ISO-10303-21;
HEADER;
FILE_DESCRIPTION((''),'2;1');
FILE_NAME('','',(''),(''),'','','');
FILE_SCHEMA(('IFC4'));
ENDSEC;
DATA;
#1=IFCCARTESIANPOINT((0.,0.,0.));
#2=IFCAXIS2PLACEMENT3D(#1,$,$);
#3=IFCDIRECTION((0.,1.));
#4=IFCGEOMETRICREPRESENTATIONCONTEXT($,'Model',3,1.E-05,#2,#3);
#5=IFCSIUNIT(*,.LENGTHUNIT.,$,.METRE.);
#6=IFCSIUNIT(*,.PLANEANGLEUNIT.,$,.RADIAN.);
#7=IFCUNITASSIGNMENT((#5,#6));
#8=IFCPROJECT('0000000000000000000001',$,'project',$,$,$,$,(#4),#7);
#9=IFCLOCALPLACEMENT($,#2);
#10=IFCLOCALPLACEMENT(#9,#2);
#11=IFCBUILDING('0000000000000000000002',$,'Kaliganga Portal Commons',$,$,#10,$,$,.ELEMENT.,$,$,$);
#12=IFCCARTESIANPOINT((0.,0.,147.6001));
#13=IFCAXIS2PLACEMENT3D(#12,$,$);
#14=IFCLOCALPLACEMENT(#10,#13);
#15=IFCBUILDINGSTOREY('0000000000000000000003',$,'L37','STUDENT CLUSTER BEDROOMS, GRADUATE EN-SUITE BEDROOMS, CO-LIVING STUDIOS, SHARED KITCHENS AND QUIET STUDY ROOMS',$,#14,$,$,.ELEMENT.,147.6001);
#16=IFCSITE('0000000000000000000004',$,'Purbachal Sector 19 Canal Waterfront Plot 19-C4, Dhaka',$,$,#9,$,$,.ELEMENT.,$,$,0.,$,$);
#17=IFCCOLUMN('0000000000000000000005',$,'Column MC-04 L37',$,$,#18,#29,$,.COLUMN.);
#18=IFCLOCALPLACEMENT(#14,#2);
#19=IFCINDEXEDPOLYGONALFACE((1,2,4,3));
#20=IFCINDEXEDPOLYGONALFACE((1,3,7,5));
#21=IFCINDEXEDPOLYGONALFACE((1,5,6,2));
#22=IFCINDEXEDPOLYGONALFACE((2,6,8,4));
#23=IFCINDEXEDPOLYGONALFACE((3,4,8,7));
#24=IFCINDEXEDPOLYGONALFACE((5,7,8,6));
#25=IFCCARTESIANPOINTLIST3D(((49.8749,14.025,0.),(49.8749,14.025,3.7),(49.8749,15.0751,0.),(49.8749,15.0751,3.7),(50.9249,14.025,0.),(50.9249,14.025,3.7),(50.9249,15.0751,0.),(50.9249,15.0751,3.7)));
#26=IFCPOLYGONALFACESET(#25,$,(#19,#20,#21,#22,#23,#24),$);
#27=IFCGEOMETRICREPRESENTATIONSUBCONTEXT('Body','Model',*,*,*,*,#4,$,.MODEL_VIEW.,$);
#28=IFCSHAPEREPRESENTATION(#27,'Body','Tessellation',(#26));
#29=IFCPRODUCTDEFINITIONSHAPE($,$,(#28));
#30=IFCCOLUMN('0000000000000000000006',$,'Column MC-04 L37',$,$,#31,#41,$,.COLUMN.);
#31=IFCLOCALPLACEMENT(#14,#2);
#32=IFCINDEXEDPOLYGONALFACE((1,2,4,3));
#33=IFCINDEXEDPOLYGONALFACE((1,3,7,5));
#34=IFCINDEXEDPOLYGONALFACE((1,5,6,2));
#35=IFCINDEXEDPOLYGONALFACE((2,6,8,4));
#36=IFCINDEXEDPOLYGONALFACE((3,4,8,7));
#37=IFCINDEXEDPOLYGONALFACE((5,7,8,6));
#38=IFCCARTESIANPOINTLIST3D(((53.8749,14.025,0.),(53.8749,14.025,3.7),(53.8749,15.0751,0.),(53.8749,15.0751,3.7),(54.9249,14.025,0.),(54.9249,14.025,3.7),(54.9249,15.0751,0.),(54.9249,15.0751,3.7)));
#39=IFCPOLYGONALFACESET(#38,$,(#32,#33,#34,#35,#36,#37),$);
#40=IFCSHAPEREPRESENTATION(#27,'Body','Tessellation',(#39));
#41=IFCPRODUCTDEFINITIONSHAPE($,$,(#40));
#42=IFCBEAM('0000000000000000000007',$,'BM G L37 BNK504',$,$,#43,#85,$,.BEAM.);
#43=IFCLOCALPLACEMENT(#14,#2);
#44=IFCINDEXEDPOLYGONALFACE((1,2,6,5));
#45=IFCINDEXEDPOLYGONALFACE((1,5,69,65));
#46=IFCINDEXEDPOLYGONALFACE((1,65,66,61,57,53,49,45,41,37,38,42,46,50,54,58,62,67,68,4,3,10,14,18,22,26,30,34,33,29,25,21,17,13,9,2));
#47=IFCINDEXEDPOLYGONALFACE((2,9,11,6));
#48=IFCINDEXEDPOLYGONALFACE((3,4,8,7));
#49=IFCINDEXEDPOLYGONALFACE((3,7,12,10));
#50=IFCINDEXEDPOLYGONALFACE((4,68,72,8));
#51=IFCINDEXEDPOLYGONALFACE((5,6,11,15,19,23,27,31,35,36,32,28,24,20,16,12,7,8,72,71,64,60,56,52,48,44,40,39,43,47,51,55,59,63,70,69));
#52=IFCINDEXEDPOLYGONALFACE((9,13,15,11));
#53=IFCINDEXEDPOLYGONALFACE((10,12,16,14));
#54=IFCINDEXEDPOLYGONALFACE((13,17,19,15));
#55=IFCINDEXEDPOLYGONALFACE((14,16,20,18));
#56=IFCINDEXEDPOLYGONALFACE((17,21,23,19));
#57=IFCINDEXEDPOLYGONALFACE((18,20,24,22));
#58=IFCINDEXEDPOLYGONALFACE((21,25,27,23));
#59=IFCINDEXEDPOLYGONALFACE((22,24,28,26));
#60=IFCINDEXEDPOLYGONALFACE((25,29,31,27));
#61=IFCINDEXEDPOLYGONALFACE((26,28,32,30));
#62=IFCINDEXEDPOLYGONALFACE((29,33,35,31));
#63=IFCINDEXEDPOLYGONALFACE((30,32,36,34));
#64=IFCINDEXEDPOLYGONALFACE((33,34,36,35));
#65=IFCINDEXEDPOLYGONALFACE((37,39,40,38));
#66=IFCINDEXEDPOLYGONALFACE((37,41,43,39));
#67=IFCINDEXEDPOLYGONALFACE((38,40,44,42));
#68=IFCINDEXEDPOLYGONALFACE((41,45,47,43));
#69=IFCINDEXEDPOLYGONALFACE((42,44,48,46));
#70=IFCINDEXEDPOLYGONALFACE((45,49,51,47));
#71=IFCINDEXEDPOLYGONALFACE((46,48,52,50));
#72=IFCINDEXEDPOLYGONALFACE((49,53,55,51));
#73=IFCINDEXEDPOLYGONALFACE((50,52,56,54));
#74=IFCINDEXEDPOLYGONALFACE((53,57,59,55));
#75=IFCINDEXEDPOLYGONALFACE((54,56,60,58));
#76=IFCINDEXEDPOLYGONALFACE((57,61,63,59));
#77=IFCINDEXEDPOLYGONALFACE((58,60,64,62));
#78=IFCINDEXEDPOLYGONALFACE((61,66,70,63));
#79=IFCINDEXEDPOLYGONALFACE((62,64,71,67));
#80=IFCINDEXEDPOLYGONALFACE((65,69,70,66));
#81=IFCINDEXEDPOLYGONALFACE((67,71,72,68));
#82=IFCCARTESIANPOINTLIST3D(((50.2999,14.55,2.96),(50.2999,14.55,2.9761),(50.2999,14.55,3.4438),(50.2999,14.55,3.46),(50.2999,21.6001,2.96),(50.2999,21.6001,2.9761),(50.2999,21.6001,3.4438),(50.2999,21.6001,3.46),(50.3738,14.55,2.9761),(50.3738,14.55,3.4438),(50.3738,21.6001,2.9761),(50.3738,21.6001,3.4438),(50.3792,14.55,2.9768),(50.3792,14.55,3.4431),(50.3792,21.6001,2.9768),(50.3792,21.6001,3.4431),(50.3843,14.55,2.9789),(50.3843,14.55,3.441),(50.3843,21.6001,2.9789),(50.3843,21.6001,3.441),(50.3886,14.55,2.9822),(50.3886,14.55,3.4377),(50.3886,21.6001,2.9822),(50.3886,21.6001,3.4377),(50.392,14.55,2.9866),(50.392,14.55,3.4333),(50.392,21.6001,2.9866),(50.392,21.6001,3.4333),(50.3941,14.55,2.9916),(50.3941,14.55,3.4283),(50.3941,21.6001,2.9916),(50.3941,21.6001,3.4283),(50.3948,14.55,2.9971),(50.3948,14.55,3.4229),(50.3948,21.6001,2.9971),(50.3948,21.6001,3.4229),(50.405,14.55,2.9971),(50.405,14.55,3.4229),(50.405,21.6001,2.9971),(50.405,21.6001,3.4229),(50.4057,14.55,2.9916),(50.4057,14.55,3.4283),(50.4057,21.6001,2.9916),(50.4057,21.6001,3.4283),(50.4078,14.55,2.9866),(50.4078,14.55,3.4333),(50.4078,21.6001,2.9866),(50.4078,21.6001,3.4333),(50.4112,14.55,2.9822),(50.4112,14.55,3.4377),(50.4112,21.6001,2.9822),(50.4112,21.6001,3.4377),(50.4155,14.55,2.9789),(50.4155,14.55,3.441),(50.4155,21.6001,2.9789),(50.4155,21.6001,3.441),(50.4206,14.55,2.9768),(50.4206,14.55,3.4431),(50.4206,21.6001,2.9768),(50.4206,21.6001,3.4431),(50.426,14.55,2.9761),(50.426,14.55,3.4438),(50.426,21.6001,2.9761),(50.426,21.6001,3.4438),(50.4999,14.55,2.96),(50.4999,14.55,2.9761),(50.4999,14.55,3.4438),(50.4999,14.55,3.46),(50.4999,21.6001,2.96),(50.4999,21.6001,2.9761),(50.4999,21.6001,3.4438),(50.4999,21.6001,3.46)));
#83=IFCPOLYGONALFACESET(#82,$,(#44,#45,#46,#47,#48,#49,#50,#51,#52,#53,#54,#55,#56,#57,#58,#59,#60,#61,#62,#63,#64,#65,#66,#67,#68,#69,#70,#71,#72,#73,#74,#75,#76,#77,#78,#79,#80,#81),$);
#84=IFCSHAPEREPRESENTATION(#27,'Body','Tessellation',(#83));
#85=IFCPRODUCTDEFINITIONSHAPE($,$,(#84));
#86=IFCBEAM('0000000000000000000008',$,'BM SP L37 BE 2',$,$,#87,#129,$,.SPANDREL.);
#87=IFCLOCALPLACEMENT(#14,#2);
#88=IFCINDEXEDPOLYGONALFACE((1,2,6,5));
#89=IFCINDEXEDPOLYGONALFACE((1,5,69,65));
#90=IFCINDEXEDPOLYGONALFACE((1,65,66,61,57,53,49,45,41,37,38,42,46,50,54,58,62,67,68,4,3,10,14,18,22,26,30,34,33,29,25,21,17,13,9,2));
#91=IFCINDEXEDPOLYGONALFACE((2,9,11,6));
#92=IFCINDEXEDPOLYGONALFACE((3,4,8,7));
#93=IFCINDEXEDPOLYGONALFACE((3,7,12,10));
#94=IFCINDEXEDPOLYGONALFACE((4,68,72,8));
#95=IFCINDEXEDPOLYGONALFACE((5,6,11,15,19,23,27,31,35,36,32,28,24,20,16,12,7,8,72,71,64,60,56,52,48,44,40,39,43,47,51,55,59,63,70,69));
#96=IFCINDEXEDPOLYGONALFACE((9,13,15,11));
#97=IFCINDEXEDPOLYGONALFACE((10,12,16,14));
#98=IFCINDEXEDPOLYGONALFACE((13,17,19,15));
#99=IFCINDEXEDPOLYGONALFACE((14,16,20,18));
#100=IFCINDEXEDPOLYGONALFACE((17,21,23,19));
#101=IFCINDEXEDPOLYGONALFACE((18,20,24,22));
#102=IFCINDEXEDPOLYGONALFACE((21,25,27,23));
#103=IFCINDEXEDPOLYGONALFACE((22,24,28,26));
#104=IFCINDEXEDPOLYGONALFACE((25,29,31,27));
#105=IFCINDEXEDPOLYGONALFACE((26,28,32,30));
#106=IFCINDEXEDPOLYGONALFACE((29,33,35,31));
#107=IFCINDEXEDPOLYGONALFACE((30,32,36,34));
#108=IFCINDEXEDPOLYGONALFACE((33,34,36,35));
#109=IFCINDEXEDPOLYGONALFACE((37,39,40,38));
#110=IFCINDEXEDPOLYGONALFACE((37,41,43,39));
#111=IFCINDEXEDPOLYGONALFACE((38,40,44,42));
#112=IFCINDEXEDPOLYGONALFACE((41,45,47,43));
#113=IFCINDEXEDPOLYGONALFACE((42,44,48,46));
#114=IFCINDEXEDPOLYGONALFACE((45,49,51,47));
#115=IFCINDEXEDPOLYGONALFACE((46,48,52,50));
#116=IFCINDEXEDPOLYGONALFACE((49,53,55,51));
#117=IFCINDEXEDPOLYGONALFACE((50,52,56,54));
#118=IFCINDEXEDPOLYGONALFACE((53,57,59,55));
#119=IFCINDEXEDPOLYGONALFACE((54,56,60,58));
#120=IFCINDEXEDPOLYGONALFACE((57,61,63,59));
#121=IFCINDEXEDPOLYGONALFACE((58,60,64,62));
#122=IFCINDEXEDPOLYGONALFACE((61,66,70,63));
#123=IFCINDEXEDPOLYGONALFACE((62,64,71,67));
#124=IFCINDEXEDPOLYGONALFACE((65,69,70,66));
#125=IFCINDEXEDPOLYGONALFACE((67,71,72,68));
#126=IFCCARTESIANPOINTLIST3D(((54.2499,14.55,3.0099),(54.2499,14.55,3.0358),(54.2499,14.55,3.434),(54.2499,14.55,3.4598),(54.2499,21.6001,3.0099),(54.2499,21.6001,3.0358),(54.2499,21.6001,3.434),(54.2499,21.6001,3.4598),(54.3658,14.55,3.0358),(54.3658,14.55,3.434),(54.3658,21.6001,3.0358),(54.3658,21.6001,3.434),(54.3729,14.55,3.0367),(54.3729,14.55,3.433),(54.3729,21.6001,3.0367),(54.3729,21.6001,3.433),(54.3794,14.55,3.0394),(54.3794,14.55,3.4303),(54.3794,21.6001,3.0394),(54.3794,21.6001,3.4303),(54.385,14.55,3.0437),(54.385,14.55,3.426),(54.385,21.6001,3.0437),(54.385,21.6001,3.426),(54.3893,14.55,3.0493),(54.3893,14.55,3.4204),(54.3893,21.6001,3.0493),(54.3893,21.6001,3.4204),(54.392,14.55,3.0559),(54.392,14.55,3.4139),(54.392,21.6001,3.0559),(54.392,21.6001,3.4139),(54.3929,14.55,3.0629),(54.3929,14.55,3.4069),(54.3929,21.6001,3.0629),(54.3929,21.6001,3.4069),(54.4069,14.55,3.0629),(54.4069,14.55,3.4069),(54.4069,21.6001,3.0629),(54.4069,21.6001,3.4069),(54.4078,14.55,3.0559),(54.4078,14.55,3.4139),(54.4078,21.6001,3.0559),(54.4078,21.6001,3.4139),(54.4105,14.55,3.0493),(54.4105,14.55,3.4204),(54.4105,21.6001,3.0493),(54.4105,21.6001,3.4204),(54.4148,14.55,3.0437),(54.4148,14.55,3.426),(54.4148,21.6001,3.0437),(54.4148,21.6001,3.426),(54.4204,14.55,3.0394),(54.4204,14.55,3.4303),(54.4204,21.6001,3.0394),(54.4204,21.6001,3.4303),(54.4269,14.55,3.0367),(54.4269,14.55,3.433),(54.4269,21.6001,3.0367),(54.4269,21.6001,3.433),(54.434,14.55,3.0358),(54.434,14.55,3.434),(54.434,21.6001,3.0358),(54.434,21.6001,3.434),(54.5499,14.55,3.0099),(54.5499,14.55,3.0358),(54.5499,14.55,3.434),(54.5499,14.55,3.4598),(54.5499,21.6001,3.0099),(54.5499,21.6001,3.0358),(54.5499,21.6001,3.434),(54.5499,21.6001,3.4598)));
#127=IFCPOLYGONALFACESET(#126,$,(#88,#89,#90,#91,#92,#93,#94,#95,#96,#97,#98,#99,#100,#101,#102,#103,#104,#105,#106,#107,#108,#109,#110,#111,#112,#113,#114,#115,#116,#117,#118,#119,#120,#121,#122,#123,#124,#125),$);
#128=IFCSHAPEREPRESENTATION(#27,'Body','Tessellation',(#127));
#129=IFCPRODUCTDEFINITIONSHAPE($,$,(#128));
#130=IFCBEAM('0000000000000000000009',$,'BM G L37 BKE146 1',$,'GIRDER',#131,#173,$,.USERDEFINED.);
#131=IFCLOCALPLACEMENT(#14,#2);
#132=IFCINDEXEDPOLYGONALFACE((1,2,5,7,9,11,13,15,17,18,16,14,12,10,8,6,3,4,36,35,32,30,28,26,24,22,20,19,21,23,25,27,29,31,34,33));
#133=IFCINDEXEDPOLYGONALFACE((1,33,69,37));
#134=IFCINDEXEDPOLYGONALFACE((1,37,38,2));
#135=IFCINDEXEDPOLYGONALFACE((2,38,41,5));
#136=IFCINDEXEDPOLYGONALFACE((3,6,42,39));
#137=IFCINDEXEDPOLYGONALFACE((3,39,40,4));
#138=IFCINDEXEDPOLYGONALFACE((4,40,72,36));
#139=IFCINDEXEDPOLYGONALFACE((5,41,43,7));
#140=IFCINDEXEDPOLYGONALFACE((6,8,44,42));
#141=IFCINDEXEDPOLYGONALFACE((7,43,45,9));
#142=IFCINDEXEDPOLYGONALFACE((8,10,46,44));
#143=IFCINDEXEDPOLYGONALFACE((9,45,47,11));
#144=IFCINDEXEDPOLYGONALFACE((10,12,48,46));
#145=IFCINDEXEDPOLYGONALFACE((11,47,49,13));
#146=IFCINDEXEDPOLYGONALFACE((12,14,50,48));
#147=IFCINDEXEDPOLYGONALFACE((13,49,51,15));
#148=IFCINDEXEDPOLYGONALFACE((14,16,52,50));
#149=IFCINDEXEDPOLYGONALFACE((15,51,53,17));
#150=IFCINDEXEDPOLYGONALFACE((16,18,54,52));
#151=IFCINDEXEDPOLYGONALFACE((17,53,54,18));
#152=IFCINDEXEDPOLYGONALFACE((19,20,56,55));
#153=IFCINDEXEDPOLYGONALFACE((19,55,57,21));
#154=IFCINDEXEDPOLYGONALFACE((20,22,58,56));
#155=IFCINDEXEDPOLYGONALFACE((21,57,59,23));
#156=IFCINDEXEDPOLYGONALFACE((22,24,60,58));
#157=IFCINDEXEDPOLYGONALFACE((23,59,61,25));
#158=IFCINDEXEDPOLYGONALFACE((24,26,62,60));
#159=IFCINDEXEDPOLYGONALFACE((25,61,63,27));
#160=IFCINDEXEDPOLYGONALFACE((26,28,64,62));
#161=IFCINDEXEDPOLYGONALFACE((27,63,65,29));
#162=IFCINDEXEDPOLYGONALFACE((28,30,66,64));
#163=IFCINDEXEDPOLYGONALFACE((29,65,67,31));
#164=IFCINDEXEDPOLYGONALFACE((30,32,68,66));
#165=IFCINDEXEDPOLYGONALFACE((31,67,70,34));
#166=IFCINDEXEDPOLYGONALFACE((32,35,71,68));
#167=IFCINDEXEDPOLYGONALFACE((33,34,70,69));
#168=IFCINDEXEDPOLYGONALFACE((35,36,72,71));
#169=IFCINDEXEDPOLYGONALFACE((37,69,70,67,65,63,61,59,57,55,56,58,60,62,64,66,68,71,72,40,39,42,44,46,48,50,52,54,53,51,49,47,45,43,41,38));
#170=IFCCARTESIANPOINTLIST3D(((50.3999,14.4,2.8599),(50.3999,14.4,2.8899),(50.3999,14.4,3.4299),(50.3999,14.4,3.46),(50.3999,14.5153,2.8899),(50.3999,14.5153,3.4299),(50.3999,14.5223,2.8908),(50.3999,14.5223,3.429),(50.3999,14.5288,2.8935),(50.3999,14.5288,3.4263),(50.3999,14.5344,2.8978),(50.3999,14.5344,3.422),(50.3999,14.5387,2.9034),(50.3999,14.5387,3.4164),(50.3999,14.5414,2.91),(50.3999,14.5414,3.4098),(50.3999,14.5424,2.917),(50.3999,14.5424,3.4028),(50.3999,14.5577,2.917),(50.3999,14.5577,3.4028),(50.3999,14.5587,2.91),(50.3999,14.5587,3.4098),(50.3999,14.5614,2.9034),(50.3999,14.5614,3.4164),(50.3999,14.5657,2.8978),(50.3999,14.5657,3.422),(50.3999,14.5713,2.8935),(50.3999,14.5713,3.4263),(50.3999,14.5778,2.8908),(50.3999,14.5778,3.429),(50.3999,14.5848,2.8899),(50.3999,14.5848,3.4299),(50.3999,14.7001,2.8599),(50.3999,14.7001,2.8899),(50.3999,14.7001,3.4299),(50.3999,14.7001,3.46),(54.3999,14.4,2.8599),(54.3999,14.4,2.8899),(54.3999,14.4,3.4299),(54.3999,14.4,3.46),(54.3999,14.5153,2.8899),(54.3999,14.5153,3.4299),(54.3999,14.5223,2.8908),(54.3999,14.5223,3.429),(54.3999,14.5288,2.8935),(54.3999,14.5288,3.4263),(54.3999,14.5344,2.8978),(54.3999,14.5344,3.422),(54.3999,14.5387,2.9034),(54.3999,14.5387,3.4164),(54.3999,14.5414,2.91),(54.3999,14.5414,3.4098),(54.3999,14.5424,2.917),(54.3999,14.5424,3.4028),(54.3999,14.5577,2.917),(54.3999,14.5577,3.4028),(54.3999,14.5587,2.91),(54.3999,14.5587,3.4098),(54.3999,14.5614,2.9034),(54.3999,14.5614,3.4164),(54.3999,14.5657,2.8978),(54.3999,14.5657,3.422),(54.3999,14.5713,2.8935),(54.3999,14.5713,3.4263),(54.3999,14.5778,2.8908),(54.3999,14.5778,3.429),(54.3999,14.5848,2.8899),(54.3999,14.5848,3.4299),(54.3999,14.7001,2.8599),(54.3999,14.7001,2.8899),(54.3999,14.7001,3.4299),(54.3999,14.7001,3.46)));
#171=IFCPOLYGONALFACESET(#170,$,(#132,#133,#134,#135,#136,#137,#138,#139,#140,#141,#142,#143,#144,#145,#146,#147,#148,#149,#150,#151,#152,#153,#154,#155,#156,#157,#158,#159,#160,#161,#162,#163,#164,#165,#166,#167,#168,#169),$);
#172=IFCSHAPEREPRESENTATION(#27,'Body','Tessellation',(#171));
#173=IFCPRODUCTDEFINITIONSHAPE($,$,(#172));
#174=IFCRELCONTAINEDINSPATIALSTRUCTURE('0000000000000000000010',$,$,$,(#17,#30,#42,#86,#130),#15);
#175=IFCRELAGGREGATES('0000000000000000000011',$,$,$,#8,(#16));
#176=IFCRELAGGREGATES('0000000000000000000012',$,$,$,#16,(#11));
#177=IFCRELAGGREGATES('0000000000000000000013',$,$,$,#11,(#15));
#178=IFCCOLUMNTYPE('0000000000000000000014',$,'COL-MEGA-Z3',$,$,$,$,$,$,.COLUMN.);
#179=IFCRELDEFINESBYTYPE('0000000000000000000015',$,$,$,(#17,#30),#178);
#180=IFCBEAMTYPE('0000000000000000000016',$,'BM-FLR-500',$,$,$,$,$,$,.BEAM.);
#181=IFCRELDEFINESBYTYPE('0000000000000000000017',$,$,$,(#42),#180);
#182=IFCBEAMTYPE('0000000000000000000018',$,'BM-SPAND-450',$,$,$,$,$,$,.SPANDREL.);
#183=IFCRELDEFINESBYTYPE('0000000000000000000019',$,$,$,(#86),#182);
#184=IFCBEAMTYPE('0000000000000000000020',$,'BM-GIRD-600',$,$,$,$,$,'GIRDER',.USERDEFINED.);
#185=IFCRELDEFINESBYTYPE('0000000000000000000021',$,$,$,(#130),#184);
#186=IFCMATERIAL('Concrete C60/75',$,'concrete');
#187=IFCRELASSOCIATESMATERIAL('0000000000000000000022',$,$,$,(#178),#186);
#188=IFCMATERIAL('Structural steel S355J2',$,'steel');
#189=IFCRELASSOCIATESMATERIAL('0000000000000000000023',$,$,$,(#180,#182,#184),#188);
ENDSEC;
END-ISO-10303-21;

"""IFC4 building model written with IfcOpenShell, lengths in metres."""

from ifc_helpers import new_model, si_unit, direction, frame, origin, origin_2d, place, context, subcontext, project, spatial, rectangle, i_section, extrude, source, transform, mapped, material, material_profile, profile_set, type_object, element, save


model = new_model("IFC4")

# Units and contexts
model_context = context("Model", 3, precision=1e-05, world=origin(), true_north=direction((0.0, 1.0)))
body_context = subcontext(model_context, "Body", "Model", "MODEL_VIEW")
ifc_project = project(units=[si_unit("LENGTHUNIT", "METRE"), si_unit("PLANEANGLEUNIT", "RADIAN")], contexts=[model_context])

# Site, building, storey
site_placement = place(None, origin())
site = spatial("IfcSite", under=ifc_project, at=site_placement, Name="Purbachal Sector 19 Canal Waterfront Plot 19-C4, Dhaka", CompositionType="ELEMENT", RefElevation=0.0)
building_placement = place(site_placement, origin())
building = spatial("IfcBuilding", under=site, at=building_placement, Name="Kaliganga Portal Commons", CompositionType="ELEMENT")
storey_placement = place(building_placement, frame((0.0, 0.0, 147.6001)))
storey = spatial("IfcBuildingStorey", under=building, at=storey_placement, Name="L37", Description="STUDENT CLUSTER BEDROOMS, GRADUATE EN-SUITE BEDROOMS, CO-LIVING STUDIOS, SHARED KITCHENS AND QUIET STUDY ROOMS", CompositionType="ELEMENT", Elevation=147.6001)

# Columns
ifc_material_1 = material(Name="Concrete C60/75", Category="concrete")
ifc_material_profile_1 = material_profile(ifc_material_1, rectangle(XDim=1.05, YDim=1.05, at=origin_2d()), Name="RC 1050x1050")
ifc_profile_set_1 = profile_set([ifc_material_profile_1], Name="Concrete C60/75")
column_type = type_object("IfcColumnType", Name="COL-MEGA-Z3", PredefinedType="COLUMN", material=ifc_profile_set_1)
shared_shape_1 = source(origin(), body_context, "Body", "SweptSolid", [
    extrude(rectangle(XDim=1.05, YDim=1.05, at=origin_2d()), origin(), (0.0, 0.0, 1.0), 3.7),
])
for number, where, z_axis, x_axis, name in (
    (1, (50.3999, 14.55, 0.0), (0.0, 0.0, 1.0), (1.0, 0.0, 0.0), "Column MC-04 L37"),
    (2, (54.3999, 14.55, 0.0), (0.0, 0.0, 1.0), (1.0, 0.0, 0.0), "Column MC-04 L37"),
):
    element("IfcColumn", number, at=place(storey_placement, frame(where, z_axis=z_axis, x_axis=x_axis)), inside=storey, type_object=column_type, Name=name, PredefinedType="COLUMN", context=body_context, shape_type="MappedRepresentation", body=[
        mapped(shared_shape_1, transform((0.0, 0.0, 0.0), x_axis=(1.0, 0.0, 0.0), y_axis=(0.0, 1.0, 0.0), z_axis=(0.0, 0.0, 1.0), scale=1.0)),
    ])

# Beams
ifc_material_2 = material(Name="Structural steel S355J2", Category="steel")
ifc_material_profile_2 = material_profile(ifc_material_2, i_section(OverallWidth=0.2, OverallDepth=0.5, WebThickness=0.0103, FlangeThickness=0.0161, FilletRadius=0.021, at=origin_2d()), Name="IPE 500")
ifc_profile_set_2 = profile_set([ifc_material_profile_2], Name="Structural steel S355J2 wide-flange")
beam_type_1 = type_object("IfcBeamType", Name="BM-FLR-500", PredefinedType="BEAM", material=ifc_profile_set_2)
shared_shape_2 = source(origin(), body_context, "Body", "SweptSolid", [
    extrude(i_section(OverallWidth=0.2, OverallDepth=0.5, WebThickness=0.0103, FlangeThickness=0.0161, FilletRadius=0.021, at=origin_2d()), origin(), (0.0, 0.0, 1.0), 7.05),
])
beam_1_placement = place(storey_placement, frame((50.3999, 14.55, 3.21), z_axis=(0.0, 1.0, 0.0), x_axis=(-1.0, 0.0, 0.0)))
element("IfcBeam", 3, at=beam_1_placement, inside=storey, type_object=beam_type_1, Name="BM G L37 BNK504", PredefinedType="BEAM", context=body_context, shape_type="MappedRepresentation", body=[
    mapped(shared_shape_2, transform((0.0, 0.0, 0.0), x_axis=(1.0, 0.0, 0.0), y_axis=(0.0, 1.0, 0.0), z_axis=(0.0, 0.0, 1.0), scale=1.0)),
])
ifc_material_profile_3 = material_profile(ifc_material_2, i_section(OverallWidth=0.3, OverallDepth=0.45, WebThickness=0.0139, FlangeThickness=0.0259, FilletRadius=0.0271, at=origin_2d()), Name="HE 450 B")
ifc_profile_set_3 = profile_set([ifc_material_profile_3], Name="Structural steel S355J2 wide-flange")
beam_type_2 = type_object("IfcBeamType", Name="BM-SPAND-450", PredefinedType="SPANDREL", material=ifc_profile_set_3)
shared_shape_3 = source(origin(), body_context, "Body", "SweptSolid", [
    extrude(i_section(OverallWidth=0.3, OverallDepth=0.45, WebThickness=0.0139, FlangeThickness=0.0259, FilletRadius=0.0271, at=origin_2d()), origin(), (0.0, 0.0, 1.0), 7.05),
])
beam_2_placement = place(storey_placement, frame((54.3999, 14.55, 3.2349), z_axis=(0.0, 1.0, 0.0), x_axis=(-1.0, 0.0, 0.0)))
element("IfcBeam", 4, at=beam_2_placement, inside=storey, type_object=beam_type_2, Name="BM SP L37 BE 2", PredefinedType="SPANDREL", context=body_context, shape_type="MappedRepresentation", body=[
    mapped(shared_shape_3, transform((0.0, 0.0, 0.0), x_axis=(1.0, 0.0, 0.0), y_axis=(0.0, 1.0, 0.0), z_axis=(0.0, 0.0, 1.0), scale=1.0)),
])
ifc_material_profile_4 = material_profile(ifc_material_2, i_section(OverallWidth=0.3, OverallDepth=0.6001, WebThickness=0.0154, FlangeThickness=0.03, FilletRadius=0.0271, at=origin_2d()), Name="HE 600 B")
ifc_profile_set_4 = profile_set([ifc_material_profile_4], Name="Structural steel S355J2 wide-flange")
beam_type_3 = type_object("IfcBeamType", Name="BM-GIRD-600", ElementType="GIRDER", PredefinedType="USERDEFINED", material=ifc_profile_set_4)
shared_shape_4 = source(origin(), body_context, "Body", "SweptSolid", [
    extrude(i_section(OverallWidth=0.3, OverallDepth=0.6001, WebThickness=0.0154, FlangeThickness=0.03, FilletRadius=0.0271, at=origin_2d()), origin(), (0.0, 0.0, 1.0), 4.0),
])
beam_3_placement = place(storey_placement, frame((50.3999, 14.55, 3.1599), z_axis=(1.0, 0.0, 0.0), x_axis=(0.0, 1.0, 0.0)))
element("IfcBeam", 5, at=beam_3_placement, inside=storey, type_object=beam_type_3, Name="BM G L37 BKE146 1", ObjectType="GIRDER", PredefinedType="USERDEFINED", context=body_context, shape_type="MappedRepresentation", body=[
    mapped(shared_shape_4, transform((0.0, 0.0, 0.0), x_axis=(1.0, 0.0, 0.0), y_axis=(0.0, 1.0, 0.0), z_axis=(0.0, 0.0, 1.0), scale=1.0)),
])

save(model, "model.ifc")
